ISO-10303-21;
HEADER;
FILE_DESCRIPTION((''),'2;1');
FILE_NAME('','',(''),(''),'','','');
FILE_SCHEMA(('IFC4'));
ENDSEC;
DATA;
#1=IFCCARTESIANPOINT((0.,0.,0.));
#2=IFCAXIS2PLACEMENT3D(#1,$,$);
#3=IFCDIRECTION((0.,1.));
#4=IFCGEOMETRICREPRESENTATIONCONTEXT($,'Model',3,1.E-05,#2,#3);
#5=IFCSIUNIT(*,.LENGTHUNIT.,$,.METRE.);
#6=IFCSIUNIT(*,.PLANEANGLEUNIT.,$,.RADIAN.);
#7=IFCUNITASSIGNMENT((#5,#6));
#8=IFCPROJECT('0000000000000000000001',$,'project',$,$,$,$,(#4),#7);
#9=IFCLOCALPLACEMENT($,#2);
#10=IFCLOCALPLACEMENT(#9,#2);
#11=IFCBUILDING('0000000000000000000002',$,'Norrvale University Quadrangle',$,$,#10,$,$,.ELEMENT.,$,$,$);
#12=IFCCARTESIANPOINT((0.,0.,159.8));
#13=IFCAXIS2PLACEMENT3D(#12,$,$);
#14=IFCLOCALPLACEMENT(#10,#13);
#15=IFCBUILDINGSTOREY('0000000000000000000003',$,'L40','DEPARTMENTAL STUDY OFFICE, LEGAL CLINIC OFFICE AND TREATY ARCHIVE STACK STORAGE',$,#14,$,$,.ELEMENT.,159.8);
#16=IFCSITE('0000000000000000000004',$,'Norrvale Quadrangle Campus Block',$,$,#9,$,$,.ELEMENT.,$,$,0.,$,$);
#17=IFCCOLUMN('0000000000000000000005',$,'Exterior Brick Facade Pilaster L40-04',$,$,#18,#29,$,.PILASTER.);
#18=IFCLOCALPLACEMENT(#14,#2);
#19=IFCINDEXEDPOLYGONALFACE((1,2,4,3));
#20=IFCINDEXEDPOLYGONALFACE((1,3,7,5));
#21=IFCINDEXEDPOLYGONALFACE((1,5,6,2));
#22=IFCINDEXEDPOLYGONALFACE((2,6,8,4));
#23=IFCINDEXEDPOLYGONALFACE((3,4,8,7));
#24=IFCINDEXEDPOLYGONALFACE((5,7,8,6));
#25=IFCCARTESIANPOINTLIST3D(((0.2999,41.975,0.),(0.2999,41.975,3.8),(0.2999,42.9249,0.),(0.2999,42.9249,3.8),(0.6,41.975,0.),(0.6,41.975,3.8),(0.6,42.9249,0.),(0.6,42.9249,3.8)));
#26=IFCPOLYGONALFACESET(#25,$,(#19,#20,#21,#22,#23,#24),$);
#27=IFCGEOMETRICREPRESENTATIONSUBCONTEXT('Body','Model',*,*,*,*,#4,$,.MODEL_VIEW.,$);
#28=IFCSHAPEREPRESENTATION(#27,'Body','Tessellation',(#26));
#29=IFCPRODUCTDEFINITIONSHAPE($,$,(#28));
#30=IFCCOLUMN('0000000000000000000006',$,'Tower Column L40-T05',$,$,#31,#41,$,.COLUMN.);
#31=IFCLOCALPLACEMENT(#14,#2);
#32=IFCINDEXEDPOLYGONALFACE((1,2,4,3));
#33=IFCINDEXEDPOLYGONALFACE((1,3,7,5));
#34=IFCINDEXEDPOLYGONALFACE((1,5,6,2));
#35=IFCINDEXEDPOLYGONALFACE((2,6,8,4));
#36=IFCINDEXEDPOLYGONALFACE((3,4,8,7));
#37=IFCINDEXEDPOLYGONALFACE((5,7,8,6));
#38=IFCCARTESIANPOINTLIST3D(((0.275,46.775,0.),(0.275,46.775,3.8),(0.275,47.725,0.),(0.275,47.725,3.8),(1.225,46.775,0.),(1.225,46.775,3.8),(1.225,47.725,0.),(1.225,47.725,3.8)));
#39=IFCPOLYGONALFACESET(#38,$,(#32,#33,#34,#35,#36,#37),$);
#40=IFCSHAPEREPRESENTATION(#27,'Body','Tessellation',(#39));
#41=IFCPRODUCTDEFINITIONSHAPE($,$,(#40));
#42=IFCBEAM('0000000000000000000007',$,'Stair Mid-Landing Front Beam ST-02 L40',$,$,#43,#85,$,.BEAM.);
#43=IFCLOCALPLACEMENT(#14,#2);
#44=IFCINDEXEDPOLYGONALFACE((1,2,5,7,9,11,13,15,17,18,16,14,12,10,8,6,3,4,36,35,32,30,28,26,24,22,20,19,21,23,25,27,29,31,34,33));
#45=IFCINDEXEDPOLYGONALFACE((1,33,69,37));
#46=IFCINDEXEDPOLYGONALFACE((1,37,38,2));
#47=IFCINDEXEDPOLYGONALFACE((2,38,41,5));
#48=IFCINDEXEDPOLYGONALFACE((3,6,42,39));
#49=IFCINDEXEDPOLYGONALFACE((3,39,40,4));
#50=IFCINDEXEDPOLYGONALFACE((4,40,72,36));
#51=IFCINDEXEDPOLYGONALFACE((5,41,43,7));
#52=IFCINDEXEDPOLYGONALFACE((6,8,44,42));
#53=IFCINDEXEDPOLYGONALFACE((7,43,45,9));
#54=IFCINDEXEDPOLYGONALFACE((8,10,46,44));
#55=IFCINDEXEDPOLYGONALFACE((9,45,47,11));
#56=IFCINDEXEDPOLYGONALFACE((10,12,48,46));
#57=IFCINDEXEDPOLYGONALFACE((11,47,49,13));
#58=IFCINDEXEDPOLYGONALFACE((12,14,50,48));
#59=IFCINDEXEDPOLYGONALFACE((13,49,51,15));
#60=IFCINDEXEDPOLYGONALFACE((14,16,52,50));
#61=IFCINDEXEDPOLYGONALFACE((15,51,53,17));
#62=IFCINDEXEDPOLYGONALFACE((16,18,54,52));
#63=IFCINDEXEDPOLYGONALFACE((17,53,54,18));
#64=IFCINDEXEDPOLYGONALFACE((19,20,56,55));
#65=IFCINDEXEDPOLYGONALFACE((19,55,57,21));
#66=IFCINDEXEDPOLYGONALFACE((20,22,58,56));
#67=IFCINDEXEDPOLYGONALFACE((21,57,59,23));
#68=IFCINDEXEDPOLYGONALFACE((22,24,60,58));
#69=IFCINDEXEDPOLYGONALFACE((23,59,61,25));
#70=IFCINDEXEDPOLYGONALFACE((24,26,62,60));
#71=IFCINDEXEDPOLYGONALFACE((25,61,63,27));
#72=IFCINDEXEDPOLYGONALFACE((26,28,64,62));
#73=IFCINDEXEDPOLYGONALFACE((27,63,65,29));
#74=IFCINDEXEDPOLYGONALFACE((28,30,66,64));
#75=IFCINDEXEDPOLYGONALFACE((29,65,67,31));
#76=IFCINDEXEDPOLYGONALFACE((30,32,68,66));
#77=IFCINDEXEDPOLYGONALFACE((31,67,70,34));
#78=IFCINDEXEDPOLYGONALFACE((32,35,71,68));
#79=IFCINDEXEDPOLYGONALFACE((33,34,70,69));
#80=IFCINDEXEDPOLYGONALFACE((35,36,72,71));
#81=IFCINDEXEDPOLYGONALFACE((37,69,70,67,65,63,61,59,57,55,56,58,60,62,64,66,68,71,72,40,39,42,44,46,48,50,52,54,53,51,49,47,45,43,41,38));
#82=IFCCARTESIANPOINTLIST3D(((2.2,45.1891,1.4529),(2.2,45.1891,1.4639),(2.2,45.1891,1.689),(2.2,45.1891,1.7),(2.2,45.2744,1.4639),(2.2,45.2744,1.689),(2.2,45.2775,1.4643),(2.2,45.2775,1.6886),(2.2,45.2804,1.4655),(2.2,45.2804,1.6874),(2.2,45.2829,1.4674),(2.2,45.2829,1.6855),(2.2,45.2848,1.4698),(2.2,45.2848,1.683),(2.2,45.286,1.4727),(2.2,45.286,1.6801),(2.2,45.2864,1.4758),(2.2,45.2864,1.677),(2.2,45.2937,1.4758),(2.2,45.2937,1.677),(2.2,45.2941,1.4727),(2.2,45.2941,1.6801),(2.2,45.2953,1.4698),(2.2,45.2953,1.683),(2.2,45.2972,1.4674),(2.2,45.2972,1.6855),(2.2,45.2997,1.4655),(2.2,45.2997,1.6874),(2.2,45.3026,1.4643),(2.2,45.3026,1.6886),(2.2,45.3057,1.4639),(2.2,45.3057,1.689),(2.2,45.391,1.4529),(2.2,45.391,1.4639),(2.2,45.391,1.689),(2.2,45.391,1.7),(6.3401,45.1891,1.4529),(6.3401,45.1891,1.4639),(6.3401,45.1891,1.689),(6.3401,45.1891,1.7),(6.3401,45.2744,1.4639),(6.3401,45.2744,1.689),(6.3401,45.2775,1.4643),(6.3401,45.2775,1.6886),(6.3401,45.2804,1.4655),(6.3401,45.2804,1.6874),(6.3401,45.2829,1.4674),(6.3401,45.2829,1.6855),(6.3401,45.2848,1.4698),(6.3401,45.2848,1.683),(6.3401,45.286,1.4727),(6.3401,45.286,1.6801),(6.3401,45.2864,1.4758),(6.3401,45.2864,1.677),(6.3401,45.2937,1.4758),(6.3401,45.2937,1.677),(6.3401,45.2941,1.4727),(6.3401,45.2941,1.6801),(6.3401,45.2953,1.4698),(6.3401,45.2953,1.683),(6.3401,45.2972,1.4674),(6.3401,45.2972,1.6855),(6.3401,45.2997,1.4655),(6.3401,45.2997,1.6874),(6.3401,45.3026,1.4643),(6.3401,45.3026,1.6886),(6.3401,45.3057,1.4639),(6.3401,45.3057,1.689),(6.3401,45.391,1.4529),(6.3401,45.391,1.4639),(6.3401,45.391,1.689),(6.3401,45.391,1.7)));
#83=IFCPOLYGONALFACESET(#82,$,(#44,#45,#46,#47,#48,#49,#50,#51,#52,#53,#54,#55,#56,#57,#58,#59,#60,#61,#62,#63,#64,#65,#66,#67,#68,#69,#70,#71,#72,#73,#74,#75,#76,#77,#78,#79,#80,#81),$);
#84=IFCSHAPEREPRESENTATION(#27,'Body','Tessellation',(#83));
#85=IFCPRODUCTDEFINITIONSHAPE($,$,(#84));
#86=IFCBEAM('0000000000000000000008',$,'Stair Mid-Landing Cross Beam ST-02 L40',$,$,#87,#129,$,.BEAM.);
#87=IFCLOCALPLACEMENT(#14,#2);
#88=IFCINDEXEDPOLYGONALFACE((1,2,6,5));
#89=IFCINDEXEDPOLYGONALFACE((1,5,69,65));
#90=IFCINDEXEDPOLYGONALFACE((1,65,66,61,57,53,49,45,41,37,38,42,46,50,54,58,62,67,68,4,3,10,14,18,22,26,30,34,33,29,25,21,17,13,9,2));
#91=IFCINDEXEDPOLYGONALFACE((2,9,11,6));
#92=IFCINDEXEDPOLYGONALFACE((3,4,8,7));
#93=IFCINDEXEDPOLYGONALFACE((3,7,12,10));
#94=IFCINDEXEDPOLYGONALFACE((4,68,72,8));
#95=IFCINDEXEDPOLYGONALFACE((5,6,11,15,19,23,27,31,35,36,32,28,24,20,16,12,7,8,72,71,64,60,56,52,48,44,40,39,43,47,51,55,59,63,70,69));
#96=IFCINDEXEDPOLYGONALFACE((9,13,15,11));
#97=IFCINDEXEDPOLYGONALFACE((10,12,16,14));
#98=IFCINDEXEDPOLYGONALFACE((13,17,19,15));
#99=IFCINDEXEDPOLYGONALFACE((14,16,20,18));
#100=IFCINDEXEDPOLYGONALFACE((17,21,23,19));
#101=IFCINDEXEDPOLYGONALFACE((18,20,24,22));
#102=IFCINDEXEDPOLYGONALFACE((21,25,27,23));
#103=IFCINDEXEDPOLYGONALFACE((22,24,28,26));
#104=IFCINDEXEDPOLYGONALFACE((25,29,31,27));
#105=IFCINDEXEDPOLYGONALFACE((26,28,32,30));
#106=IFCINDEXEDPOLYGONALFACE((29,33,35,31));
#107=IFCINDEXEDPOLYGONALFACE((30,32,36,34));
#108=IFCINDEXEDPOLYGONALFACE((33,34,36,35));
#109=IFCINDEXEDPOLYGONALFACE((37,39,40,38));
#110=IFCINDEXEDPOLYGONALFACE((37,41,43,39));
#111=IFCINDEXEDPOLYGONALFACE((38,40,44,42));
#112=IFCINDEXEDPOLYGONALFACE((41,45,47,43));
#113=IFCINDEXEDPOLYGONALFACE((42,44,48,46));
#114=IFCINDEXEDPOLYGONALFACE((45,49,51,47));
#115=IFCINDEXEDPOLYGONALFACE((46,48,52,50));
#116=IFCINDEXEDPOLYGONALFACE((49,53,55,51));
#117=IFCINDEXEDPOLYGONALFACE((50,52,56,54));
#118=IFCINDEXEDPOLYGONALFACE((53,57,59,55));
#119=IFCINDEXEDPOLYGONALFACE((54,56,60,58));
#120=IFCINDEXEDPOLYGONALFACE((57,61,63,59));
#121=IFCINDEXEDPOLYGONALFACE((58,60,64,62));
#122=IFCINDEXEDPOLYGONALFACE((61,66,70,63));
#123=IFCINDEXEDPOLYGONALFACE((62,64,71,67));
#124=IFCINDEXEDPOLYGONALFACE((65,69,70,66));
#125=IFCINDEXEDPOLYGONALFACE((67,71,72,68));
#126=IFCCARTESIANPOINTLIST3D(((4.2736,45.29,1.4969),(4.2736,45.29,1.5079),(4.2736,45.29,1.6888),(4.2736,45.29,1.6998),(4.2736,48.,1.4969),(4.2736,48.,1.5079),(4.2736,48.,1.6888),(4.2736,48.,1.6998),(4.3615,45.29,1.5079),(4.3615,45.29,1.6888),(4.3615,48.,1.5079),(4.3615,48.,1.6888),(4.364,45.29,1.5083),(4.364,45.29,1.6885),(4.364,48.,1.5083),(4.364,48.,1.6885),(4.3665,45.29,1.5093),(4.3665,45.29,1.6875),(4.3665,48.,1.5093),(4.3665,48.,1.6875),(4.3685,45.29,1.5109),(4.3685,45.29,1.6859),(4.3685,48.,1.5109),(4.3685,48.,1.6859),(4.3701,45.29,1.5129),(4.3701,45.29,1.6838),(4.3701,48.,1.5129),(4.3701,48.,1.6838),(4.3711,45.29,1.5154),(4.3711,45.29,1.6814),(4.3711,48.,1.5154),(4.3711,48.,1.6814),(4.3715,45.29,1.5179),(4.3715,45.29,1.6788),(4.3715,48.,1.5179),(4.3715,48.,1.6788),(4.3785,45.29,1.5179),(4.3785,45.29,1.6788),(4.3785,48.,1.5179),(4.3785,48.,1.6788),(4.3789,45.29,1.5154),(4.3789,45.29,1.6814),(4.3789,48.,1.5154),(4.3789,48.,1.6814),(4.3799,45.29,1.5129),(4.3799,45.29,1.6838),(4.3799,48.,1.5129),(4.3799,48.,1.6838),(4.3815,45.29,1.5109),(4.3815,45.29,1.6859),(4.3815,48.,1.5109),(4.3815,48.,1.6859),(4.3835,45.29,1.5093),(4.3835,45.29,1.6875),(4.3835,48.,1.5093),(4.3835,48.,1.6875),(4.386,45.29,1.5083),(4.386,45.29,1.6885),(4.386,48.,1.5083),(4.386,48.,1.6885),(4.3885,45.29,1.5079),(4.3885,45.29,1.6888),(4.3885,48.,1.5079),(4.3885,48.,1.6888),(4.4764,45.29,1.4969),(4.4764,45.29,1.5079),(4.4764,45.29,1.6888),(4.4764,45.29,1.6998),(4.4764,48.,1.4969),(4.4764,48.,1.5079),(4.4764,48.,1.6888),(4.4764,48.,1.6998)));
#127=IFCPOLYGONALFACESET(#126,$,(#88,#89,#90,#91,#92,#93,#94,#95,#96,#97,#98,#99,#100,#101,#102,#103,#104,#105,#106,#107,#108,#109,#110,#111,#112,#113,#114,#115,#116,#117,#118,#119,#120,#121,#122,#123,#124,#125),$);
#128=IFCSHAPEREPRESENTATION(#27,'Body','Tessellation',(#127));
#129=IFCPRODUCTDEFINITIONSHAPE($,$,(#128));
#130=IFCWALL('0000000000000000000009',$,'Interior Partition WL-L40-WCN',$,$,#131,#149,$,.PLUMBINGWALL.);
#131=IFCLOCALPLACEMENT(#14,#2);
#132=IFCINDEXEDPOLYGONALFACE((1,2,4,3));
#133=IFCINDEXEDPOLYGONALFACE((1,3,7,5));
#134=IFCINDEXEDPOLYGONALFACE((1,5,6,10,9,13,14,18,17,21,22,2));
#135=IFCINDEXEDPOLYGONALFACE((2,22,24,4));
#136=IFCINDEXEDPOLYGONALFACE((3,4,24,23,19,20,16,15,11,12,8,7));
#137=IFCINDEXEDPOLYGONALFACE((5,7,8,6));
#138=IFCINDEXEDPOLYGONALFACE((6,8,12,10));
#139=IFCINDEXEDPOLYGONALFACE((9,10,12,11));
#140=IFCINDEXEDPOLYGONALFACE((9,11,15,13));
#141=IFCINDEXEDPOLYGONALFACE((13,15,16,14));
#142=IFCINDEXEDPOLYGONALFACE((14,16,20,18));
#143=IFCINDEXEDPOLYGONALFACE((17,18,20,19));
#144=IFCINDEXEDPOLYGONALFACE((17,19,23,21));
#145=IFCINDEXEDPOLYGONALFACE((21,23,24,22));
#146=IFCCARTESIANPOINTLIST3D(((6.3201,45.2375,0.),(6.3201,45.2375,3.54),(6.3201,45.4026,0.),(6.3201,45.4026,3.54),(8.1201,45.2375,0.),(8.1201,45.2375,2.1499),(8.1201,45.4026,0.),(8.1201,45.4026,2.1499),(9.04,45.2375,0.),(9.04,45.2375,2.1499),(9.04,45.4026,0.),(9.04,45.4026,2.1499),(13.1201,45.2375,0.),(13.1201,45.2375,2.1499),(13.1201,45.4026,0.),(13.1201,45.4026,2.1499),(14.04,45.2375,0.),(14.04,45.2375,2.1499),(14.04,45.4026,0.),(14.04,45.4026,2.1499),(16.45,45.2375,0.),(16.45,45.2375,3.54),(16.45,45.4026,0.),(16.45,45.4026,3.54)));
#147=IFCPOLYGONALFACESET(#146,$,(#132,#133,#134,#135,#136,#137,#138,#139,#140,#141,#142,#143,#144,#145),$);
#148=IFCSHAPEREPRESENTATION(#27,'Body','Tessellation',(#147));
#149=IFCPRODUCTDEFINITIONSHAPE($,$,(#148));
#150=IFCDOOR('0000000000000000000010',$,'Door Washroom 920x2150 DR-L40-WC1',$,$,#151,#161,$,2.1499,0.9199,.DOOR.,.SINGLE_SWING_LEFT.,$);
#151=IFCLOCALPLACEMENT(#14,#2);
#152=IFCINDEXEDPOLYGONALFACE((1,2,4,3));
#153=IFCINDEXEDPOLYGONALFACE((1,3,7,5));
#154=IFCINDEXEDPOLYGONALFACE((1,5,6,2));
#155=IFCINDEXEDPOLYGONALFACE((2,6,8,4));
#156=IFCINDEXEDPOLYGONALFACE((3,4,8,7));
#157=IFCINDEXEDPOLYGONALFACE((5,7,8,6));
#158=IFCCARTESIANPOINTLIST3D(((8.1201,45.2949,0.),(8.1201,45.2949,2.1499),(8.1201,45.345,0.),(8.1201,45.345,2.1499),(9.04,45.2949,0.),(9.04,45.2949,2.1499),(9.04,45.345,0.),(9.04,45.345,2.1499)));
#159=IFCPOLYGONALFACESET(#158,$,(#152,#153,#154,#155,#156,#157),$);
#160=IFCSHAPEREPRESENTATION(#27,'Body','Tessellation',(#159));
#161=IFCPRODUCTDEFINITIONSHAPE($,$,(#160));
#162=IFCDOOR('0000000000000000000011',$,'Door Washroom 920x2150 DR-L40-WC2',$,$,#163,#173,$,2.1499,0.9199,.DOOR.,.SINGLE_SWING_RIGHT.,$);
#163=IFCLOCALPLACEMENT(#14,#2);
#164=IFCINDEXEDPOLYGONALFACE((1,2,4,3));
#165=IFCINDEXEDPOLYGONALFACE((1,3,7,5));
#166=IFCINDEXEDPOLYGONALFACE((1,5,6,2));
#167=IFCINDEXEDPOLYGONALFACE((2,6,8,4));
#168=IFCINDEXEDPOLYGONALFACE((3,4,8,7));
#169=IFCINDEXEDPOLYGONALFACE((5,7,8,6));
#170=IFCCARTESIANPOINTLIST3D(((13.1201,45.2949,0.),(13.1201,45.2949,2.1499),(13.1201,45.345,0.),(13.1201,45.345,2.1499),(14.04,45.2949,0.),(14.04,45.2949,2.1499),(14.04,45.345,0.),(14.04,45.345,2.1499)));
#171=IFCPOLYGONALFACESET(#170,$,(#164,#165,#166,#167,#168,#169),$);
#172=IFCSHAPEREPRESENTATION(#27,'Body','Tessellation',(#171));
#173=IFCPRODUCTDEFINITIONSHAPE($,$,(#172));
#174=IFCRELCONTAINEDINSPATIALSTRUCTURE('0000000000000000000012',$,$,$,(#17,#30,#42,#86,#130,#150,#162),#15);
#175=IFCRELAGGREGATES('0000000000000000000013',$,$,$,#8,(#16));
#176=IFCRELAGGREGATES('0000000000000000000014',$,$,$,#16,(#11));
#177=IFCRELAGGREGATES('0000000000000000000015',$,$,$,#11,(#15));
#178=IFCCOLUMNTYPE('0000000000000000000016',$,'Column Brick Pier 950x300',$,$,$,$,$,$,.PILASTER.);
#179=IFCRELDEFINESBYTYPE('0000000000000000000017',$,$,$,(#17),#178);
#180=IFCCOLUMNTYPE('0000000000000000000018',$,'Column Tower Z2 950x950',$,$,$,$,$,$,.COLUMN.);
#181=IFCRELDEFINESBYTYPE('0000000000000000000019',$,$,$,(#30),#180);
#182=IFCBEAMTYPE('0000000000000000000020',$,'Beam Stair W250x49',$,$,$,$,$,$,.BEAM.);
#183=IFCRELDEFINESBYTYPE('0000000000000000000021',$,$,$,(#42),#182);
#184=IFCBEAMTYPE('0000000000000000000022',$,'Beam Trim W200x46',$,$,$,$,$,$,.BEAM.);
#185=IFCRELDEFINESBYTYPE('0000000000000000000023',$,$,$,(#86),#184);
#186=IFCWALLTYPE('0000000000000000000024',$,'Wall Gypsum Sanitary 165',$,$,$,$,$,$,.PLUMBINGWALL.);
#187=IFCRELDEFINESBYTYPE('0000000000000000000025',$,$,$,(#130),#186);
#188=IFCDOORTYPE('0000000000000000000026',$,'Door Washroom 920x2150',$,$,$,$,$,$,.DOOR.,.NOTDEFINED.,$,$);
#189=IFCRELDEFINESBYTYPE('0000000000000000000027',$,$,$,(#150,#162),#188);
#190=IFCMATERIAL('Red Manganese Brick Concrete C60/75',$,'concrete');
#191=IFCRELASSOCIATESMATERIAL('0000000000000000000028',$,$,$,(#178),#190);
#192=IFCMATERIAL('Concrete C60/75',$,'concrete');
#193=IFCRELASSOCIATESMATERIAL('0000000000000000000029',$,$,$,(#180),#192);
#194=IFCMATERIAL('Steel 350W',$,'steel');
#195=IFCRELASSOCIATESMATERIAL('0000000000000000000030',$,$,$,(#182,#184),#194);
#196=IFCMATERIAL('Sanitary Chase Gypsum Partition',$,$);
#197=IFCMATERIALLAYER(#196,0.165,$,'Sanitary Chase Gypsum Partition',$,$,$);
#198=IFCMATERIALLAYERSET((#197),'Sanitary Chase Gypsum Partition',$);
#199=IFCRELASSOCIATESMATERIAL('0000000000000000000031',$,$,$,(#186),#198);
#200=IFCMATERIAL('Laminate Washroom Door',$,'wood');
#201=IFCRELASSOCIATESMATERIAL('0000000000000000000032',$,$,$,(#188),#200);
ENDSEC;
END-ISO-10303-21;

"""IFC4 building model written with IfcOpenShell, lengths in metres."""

from ifc_helpers import new_model, si_unit, direction, frame, frame_2d, origin, origin_2d, place, context, subcontext, project, spatial, rectangle, i_section, extrude, material, layer, layer_set, material_profile, profile_set, type_object, element, fill, save


model = new_model("IFC4")

# Units and contexts
model_context = context("Model", 3, precision=1e-05, world=origin(), true_north=direction((0.0, 1.0)))
body_context = subcontext(model_context, "Body", "Model", "MODEL_VIEW")
ifc_project = project(units=[si_unit("LENGTHUNIT", "METRE"), si_unit("PLANEANGLEUNIT", "RADIAN")], contexts=[model_context])

# Site, building, storey
site_placement = place(None, origin())
site = spatial("IfcSite", under=ifc_project, at=site_placement, Name="Norrvale Quadrangle Campus Block", CompositionType="ELEMENT", RefElevation=0.0)
building_placement = place(site_placement, origin())
building = spatial("IfcBuilding", under=site, at=building_placement, Name="Norrvale University Quadrangle", CompositionType="ELEMENT")
storey_placement = place(building_placement, frame((0.0, 0.0, 159.8)))
storey = spatial("IfcBuildingStorey", under=building, at=storey_placement, Name="L40", Description="DEPARTMENTAL STUDY OFFICE, LEGAL CLINIC OFFICE AND TREATY ARCHIVE STACK STORAGE", CompositionType="ELEMENT", Elevation=159.8)

# Columns
ifc_material_1 = material(Name="Red Manganese Brick Concrete C60/75", Category="concrete")
ifc_material_profile_1 = material_profile(ifc_material_1, rectangle(XDim=0.95, YDim=0.3, at=origin_2d()), Name="Red Manganese Brick Concrete C60/75")
ifc_profile_set_1 = profile_set([ifc_material_profile_1], Name="Red Manganese Brick Concrete C60/75")
column_type_1 = type_object("IfcColumnType", Name="Column Brick Pier 950x300", PredefinedType="PILASTER", material=ifc_profile_set_1)
column_1_placement = place(storey_placement, frame((0.45, 42.45, 0.0), z_axis=(0.0, 0.0, 1.0), x_axis=(0.0, 1.0, 0.0)))
element("IfcColumn", 1, at=column_1_placement, inside=storey, type_object=column_type_1, Name="Exterior Brick Facade Pilaster L40-04", PredefinedType="PILASTER", context=body_context, shape_type="SweptSolid", body=[
    extrude(rectangle(XDim=0.95, YDim=0.3, at=origin_2d()), origin(), (0.0, 0.0, 1.0), 3.8),
])
ifc_material_2 = material(Name="Concrete C60/75", Category="concrete")
ifc_material_profile_2 = material_profile(ifc_material_2, rectangle(XDim=0.95, YDim=0.95, at=origin_2d()), Name="Concrete C60/75")
ifc_profile_set_2 = profile_set([ifc_material_profile_2], Name="Concrete C60/75")
column_type_2 = type_object("IfcColumnType", Name="Column Tower Z2 950x950", PredefinedType="COLUMN", material=ifc_profile_set_2)
column_2_placement = place(storey_placement, frame((0.75, 47.25, 0.0), z_axis=(0.0, 0.0, 1.0), x_axis=(1.0, 0.0, 0.0)))
element("IfcColumn", 2, at=column_2_placement, inside=storey, type_object=column_type_2, Name="Tower Column L40-T05", PredefinedType="COLUMN", context=body_context, shape_type="SweptSolid", body=[
    extrude(rectangle(XDim=0.95, YDim=0.95, at=origin_2d()), origin(), (0.0, 0.0, 1.0), 3.8),
])

# Beams
ifc_material_3 = material(Name="Steel 350W", Category="steel")
ifc_material_profile_3 = material_profile(ifc_material_3, i_section(OverallWidth=0.2019, OverallDepth=0.2471, WebThickness=0.0073, FlangeThickness=0.011, FilletRadius=0.012, at=origin_2d()), Name="Steel 350W")
ifc_profile_set_3 = profile_set([ifc_material_profile_3], Name="Steel 350W")
beam_type_1 = type_object("IfcBeamType", Name="Beam Stair W250x49", PredefinedType="BEAM", material=ifc_profile_set_3)
beam_1_placement = place(storey_placement, frame((2.2, 45.29, 1.5764), z_axis=(1.0, 0.0, 0.0), x_axis=(0.0, 1.0, 0.0)))
element("IfcBeam", 3, at=beam_1_placement, inside=storey, type_object=beam_type_1, Name="Stair Mid-Landing Front Beam ST-02 L40", PredefinedType="BEAM", context=body_context, shape_type="SweptSolid", body=[
    extrude(i_section(OverallWidth=0.2019, OverallDepth=0.2471, WebThickness=0.0073, FlangeThickness=0.011, FilletRadius=0.012, at=origin_2d()), origin(), (0.0, 0.0, 1.0), 4.1401),
])
ifc_material_profile_4 = material_profile(ifc_material_3, i_section(OverallWidth=0.2029, OverallDepth=0.2029, WebThickness=0.0071, FlangeThickness=0.011, FilletRadius=0.01, at=origin_2d()), Name="Steel 350W")
ifc_profile_set_4 = profile_set([ifc_material_profile_4], Name="Steel 350W")
beam_type_2 = type_object("IfcBeamType", Name="Beam Trim W200x46", PredefinedType="BEAM", material=ifc_profile_set_4)
beam_2_placement = place(storey_placement, frame((4.375, 45.29, 1.5984), z_axis=(0.0, 1.0, 0.0), x_axis=(-1.0, 0.0, 0.0)))
element("IfcBeam", 4, at=beam_2_placement, inside=storey, type_object=beam_type_2, Name="Stair Mid-Landing Cross Beam ST-02 L40", PredefinedType="BEAM", context=body_context, shape_type="SweptSolid", body=[
    extrude(i_section(OverallWidth=0.2029, OverallDepth=0.2029, WebThickness=0.0071, FlangeThickness=0.011, FilletRadius=0.01, at=origin_2d()), origin(), (0.0, 0.0, 1.0), 2.71),
])

# Wall, openings, doors
ifc_material_4 = material(Name="Sanitary Chase Gypsum Partition")
ifc_layer_1 = layer(ifc_material_4, 0.165, Name="Sanitary Chase Gypsum Partition")
ifc_layer_set_1 = layer_set([ifc_layer_1], Name="Sanitary Chase Gypsum Partition")
wall_type_1 = type_object("IfcWallType", Name="Wall Gypsum Sanitary 165", PredefinedType="PLUMBINGWALL", material=ifc_layer_set_1)
wall_1_placement = place(storey_placement, frame((6.3201, 45.3201, 0.0), z_axis=(0.0, 0.0, 1.0), x_axis=(1.0, 0.0, 0.0)))
wall_1 = element("IfcWall", 5, at=wall_1_placement, inside=storey, type_object=wall_type_1, Name="Interior Partition WL-L40-WCN", PredefinedType="PLUMBINGWALL", context=body_context, shape_type="SweptSolid", body=[
    extrude(rectangle(XDim=10.1299, YDim=0.165, at=frame_2d((5.0649, 0.0))), origin(), (0.0, 0.0, 1.0), 3.54),
])
opening_1_placement = place(wall_1_placement, frame((1.8, 0.0, 0.0)))
opening_1 = element("IfcOpeningElement", 6, at=opening_1_placement, cuts=wall_1, PredefinedType="OPENING", context=body_context, shape_type="SweptSolid", body=[
    extrude(rectangle(XDim=0.9199, YDim=2.1499, at=frame_2d((0.46, 1.075))), frame((0.0, 0.0945, 0.0), z_axis=(0.0, -1.0, 0.0), x_axis=(1.0, 0.0, 0.0)), (0.0, 0.0, 1.0), 0.189),
])
opening_2_placement = place(wall_1_placement, frame((6.8, 0.0, 0.0)))
opening_2 = element("IfcOpeningElement", 7, at=opening_2_placement, cuts=wall_1, PredefinedType="OPENING", context=body_context, shape_type="SweptSolid", body=[
    extrude(rectangle(XDim=0.9199, YDim=2.1499, at=frame_2d((0.46, 1.075))), frame((0.0, 0.0945, 0.0), z_axis=(0.0, -1.0, 0.0), x_axis=(1.0, 0.0, 0.0)), (0.0, 0.0, 1.0), 0.189),
])
ifc_material_5 = material(Name="Laminate Washroom Door", Category="wood")
door_type = type_object("IfcDoorType", Name="Door Washroom 920x2150", OperationType="NOTDEFINED", PredefinedType="DOOR", material=ifc_material_5)
door_1_placement = place(opening_1_placement, origin())
door_1 = element("IfcDoor", 8, at=door_1_placement, inside=storey, type_object=door_type, Name="Door Washroom 920x2150 DR-L40-WC1", OperationType="SINGLE_SWING_LEFT", OverallHeight=2.1499, OverallWidth=0.9199, PredefinedType="DOOR", context=body_context, shape_type="SweptSolid", body=[
    extrude(rectangle(XDim=0.9199, YDim=2.1499, at=frame_2d((0.46, 1.075))), frame((0.0, 0.0249, 0.0), z_axis=(0.0, -1.0, 0.0), x_axis=(1.0, 0.0, 0.0)), (0.0, 0.0, 1.0), 0.05),
])
fill(opening_1, door_1)
door_2_placement = place(opening_2_placement, origin())
door_2 = element("IfcDoor", 9, at=door_2_placement, inside=storey, type_object=door_type, Name="Door Washroom 920x2150 DR-L40-WC2", OperationType="SINGLE_SWING_RIGHT", OverallHeight=2.1499, OverallWidth=0.9199, PredefinedType="DOOR", context=body_context, shape_type="SweptSolid", body=[
    extrude(rectangle(XDim=0.9199, YDim=2.1499, at=frame_2d((0.46, 1.075))), frame((0.0, 0.0249, 0.0), z_axis=(0.0, -1.0, 0.0), x_axis=(1.0, 0.0, 0.0)), (0.0, 0.0, 1.0), 0.05),
])
fill(opening_2, door_2)

save(model, "model.ifc")
